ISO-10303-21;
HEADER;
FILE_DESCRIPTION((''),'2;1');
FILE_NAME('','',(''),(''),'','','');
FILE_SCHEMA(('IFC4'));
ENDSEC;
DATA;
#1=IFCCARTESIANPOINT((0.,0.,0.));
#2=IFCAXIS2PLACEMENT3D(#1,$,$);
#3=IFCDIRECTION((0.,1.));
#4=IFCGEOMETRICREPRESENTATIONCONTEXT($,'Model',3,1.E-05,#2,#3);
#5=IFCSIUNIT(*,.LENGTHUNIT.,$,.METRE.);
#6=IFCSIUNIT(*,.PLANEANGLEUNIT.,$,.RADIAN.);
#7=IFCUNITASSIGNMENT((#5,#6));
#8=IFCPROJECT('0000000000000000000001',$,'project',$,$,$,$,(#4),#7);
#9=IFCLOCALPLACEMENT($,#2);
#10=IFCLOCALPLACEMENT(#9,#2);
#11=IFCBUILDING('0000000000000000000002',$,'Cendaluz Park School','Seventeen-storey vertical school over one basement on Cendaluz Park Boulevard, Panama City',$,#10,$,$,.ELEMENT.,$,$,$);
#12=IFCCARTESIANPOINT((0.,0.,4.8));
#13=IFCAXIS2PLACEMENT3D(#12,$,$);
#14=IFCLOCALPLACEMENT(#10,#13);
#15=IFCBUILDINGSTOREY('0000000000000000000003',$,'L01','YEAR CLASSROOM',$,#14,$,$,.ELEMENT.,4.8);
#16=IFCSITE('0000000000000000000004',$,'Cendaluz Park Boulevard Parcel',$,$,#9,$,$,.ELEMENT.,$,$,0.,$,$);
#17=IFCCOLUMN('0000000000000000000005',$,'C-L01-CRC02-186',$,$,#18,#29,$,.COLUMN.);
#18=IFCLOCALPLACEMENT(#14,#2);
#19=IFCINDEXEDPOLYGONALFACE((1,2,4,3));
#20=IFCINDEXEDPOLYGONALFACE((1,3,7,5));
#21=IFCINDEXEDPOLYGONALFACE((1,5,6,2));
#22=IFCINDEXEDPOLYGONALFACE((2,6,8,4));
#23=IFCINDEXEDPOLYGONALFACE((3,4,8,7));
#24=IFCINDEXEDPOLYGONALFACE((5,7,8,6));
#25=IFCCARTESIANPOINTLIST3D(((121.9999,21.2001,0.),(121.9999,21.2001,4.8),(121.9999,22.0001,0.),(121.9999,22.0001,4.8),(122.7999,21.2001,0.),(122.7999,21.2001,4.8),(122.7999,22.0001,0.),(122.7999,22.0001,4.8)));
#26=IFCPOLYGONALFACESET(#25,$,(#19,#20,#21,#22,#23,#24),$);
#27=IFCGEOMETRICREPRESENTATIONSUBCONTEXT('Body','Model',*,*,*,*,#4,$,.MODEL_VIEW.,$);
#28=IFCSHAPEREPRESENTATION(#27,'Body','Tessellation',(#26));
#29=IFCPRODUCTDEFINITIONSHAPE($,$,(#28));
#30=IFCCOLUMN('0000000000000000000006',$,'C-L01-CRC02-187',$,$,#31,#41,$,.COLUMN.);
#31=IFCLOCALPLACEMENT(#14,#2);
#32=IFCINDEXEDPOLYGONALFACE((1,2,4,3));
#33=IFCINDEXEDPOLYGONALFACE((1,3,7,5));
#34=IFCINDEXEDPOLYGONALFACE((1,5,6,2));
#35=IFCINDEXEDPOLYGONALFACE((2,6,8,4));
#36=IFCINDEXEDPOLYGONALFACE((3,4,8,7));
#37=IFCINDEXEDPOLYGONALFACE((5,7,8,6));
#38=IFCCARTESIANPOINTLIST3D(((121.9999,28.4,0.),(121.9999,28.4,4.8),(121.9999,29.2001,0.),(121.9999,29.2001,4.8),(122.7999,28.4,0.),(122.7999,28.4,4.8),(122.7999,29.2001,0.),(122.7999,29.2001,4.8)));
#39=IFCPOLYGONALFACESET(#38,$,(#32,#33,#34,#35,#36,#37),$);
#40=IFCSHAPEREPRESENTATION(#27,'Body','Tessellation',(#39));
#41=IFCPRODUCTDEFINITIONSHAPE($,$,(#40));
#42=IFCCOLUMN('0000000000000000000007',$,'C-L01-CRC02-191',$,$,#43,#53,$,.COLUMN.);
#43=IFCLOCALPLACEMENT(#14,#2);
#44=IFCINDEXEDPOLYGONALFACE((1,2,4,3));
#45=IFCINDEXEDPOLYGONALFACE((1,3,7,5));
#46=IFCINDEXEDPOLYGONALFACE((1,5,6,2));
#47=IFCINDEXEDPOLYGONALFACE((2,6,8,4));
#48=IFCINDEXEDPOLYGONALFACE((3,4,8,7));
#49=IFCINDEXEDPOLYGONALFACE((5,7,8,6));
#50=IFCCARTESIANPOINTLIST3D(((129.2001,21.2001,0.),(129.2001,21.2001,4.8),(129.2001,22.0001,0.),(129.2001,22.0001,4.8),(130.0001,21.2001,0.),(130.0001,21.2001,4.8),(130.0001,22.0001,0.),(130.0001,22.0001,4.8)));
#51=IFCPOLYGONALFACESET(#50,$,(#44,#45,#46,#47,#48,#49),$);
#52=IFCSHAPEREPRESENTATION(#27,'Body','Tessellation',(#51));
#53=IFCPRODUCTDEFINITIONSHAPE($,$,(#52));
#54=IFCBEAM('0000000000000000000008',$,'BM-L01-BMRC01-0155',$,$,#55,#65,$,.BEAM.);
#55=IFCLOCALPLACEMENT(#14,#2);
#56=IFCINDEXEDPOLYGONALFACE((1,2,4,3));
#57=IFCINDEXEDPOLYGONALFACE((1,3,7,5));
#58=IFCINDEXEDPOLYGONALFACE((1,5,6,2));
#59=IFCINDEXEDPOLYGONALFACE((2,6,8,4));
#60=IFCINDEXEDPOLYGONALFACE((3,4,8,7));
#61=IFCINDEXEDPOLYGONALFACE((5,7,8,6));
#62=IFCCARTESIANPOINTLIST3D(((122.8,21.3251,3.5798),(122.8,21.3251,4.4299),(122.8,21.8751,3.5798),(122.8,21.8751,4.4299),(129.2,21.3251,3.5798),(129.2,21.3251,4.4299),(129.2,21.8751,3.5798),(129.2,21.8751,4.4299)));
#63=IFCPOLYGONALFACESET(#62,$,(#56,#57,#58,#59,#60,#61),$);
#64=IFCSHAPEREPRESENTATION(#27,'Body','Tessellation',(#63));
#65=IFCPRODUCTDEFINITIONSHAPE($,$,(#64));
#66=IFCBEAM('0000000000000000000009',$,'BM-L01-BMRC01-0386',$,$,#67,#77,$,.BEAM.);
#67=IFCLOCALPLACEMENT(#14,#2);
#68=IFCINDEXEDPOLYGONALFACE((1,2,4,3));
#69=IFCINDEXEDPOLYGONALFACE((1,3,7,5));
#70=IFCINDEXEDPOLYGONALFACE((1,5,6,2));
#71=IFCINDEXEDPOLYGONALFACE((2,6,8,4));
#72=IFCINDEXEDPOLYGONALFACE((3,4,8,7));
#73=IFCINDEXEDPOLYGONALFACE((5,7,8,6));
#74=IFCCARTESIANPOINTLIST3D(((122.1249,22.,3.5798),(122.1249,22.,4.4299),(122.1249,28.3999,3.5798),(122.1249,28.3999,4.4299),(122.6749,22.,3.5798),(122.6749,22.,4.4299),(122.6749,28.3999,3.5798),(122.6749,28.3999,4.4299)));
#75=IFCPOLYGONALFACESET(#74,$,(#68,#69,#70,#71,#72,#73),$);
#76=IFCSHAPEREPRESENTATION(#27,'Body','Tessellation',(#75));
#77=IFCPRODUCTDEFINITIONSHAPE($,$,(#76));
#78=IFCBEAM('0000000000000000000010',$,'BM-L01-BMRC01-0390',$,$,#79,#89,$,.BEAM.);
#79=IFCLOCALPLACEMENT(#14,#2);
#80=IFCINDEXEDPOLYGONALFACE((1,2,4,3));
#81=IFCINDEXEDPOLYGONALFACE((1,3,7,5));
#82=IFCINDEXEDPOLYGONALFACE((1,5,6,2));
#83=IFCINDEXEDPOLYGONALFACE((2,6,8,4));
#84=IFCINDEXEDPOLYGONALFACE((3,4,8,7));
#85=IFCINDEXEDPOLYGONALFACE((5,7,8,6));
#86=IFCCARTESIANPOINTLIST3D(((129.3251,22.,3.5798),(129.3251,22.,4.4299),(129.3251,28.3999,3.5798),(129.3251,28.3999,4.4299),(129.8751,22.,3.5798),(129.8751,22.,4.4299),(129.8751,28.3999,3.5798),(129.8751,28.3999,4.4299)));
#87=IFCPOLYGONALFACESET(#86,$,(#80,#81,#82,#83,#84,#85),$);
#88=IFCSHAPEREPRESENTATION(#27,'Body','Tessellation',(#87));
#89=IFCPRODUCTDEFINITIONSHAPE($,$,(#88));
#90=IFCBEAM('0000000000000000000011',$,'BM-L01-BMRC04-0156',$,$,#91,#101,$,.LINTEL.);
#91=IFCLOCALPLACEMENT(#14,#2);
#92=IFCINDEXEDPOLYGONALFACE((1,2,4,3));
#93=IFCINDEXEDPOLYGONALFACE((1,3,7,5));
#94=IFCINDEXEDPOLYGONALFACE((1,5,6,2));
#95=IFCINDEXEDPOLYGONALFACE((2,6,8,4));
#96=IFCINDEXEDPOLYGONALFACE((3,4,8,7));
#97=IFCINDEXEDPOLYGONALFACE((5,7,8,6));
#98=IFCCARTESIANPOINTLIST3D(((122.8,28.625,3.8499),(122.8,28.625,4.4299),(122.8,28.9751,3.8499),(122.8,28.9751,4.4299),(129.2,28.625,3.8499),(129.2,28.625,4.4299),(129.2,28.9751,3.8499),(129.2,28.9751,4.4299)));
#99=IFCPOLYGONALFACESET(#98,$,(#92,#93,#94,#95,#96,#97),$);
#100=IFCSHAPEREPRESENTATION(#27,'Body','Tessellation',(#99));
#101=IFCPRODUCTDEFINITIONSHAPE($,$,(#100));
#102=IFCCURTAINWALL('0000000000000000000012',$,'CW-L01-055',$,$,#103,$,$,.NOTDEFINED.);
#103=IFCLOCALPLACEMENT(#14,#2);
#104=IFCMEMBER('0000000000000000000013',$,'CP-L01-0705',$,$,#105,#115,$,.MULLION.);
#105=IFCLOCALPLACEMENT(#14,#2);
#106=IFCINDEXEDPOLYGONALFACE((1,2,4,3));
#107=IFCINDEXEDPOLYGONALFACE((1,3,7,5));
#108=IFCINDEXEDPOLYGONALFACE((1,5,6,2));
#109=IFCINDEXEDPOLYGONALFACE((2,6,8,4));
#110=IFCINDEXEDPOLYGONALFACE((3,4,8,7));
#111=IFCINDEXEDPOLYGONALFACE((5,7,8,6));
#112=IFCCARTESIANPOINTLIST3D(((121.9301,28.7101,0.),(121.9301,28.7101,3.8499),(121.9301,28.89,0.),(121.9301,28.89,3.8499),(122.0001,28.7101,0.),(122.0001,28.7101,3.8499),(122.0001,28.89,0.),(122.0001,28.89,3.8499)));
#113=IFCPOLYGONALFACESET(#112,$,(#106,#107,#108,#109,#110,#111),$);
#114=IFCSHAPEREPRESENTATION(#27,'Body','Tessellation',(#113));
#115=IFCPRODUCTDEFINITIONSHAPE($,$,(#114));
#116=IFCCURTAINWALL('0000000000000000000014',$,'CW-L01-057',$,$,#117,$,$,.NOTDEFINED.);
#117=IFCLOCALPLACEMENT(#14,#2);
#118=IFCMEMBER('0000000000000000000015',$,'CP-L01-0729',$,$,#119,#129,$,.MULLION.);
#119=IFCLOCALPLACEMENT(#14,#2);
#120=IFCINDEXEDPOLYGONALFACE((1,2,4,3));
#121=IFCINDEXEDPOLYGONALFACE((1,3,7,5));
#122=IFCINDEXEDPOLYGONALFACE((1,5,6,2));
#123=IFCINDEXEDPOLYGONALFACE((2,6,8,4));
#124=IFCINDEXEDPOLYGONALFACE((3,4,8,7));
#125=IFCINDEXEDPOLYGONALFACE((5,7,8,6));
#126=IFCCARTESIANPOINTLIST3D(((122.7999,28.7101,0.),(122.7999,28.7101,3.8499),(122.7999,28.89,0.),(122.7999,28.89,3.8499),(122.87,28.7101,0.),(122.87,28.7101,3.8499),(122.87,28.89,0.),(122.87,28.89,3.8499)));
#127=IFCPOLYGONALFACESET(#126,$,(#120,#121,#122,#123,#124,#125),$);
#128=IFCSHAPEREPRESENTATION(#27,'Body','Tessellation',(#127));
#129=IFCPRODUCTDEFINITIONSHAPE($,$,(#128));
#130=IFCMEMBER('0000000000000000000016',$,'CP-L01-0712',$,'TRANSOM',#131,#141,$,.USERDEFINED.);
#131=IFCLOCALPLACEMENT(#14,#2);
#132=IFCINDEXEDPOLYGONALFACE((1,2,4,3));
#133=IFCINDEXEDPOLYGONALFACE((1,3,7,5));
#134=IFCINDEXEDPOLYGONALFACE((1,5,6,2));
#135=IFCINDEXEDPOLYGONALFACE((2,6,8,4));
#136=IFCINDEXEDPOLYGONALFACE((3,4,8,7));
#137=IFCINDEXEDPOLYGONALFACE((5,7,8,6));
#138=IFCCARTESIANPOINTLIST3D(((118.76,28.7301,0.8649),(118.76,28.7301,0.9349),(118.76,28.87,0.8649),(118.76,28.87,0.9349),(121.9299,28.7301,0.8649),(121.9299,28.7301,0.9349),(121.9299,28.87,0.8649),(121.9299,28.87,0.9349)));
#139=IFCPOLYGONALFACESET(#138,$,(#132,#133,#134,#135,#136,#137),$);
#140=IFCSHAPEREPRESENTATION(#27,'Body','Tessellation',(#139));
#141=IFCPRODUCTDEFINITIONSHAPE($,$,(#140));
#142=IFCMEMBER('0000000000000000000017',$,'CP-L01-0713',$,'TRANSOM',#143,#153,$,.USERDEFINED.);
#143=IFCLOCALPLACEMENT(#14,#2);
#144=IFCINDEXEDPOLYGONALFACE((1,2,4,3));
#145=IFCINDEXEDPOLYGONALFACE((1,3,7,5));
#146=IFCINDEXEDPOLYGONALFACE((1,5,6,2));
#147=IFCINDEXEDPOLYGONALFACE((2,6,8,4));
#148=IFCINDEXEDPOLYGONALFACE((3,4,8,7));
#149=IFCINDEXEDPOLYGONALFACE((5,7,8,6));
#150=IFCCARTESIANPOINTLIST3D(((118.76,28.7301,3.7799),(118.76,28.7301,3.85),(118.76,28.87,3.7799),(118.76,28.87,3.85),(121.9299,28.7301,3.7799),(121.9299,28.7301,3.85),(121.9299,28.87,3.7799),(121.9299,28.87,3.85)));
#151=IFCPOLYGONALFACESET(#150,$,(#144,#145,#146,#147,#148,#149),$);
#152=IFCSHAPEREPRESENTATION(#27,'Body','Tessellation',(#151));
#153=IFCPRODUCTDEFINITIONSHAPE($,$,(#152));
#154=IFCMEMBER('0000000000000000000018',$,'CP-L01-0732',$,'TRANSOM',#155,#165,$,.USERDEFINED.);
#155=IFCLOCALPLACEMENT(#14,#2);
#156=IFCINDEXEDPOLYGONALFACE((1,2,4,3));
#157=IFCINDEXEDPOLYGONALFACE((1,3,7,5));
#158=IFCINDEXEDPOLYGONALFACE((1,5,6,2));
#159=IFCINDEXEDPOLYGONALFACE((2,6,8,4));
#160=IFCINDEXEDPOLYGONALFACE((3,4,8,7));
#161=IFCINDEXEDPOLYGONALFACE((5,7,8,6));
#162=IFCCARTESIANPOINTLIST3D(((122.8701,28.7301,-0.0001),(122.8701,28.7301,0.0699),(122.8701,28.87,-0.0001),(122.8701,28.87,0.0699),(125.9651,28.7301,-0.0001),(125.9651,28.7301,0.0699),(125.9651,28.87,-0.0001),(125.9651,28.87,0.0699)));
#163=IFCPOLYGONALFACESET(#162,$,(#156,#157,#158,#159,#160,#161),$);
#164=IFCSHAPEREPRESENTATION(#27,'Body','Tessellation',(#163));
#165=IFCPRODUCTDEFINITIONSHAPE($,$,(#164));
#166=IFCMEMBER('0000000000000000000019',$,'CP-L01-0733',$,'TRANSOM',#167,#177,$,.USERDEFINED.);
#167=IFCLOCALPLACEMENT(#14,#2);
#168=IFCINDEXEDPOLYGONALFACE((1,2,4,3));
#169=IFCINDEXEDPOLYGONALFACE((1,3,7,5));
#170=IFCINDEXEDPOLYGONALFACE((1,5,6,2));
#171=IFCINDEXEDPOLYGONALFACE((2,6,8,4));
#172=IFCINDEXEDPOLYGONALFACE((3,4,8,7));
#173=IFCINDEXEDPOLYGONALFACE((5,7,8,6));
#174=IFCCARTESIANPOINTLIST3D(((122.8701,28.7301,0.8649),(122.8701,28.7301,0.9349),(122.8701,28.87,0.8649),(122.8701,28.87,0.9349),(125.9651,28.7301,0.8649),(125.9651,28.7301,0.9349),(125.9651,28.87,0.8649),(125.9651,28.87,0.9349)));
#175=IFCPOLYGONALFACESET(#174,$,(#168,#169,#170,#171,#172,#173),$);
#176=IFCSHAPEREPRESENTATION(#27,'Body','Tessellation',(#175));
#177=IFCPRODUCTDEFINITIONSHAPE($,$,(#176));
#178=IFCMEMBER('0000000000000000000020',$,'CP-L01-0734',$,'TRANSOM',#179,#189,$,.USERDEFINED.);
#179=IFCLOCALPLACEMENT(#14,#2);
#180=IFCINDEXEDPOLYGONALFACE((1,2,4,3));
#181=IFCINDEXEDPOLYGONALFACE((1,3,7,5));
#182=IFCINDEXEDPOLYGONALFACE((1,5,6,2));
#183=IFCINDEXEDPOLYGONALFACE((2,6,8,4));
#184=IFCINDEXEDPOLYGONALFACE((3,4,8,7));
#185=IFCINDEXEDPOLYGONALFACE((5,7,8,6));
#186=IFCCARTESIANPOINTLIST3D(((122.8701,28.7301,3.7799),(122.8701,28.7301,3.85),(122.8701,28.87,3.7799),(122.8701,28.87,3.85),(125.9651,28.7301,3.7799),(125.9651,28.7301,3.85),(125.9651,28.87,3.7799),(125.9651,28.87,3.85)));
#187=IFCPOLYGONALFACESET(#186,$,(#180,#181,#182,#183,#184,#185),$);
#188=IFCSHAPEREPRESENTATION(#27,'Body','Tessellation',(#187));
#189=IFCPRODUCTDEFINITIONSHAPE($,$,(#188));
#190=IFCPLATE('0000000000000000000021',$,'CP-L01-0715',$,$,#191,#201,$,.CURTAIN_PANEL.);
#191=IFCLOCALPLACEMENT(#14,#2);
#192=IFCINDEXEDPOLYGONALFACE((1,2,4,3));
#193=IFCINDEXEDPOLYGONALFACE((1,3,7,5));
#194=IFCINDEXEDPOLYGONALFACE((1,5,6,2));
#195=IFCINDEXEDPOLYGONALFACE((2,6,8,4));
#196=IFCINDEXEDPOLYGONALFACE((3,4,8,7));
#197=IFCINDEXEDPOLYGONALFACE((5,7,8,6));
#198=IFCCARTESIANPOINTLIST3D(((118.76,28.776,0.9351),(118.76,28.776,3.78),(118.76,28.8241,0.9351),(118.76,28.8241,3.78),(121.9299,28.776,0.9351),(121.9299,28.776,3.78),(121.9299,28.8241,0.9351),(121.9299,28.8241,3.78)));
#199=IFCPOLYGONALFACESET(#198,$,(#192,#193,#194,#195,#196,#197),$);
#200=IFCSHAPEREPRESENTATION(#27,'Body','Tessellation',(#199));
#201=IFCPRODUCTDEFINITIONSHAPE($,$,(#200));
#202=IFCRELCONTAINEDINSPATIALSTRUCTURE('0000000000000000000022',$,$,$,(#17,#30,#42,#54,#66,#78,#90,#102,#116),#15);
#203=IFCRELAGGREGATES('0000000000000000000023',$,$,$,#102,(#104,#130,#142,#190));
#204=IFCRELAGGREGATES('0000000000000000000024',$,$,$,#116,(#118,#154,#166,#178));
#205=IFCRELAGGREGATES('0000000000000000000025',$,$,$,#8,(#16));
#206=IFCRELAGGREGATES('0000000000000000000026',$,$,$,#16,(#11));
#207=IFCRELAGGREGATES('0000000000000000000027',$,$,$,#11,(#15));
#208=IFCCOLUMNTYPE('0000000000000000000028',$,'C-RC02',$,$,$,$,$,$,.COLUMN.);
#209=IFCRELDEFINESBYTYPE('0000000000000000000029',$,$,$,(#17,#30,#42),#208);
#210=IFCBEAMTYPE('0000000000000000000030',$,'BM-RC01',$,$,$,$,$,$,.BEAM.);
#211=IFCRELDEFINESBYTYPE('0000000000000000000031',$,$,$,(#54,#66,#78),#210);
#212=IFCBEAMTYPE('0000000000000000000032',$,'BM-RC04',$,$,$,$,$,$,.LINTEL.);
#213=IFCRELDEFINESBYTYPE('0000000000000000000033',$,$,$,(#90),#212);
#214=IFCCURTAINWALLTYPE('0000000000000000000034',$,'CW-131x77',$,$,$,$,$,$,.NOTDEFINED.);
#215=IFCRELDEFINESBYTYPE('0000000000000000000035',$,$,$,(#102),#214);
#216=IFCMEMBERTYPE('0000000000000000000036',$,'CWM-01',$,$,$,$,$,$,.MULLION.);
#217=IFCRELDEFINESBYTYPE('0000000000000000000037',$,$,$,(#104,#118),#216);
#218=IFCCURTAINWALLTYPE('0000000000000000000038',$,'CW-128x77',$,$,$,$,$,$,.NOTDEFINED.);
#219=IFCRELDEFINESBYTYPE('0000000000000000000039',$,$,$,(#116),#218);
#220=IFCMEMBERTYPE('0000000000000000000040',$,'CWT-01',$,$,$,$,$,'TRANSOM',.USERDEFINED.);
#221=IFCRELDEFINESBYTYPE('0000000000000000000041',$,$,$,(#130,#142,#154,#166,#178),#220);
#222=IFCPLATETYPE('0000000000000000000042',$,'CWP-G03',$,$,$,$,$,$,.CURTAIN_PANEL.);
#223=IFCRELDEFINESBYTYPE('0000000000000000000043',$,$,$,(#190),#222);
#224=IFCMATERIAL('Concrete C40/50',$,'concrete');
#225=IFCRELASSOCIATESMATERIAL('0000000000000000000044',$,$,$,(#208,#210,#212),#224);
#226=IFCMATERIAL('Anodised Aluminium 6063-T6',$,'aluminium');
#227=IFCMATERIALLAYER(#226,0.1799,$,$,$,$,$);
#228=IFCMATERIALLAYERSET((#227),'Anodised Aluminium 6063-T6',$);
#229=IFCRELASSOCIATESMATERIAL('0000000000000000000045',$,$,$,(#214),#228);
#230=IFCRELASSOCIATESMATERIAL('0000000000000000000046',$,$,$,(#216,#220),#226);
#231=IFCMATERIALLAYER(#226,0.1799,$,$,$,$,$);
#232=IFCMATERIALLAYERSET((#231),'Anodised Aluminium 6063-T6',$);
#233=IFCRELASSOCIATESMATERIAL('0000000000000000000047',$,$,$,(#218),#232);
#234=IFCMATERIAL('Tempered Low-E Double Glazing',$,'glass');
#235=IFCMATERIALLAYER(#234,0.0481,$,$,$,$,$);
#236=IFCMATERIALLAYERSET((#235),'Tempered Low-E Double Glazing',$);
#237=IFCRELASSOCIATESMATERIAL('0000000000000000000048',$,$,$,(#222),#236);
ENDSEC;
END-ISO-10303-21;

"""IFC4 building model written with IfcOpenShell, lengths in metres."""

from ifc_helpers import new_model, si_unit, direction, frame, origin, origin_2d, place, context, subcontext, project, spatial, rectangle, extrude, material, layer, layer_set, material_profile, profile_set, type_object, element, aggregate, save


model = new_model("IFC4")

# Units and contexts
model_context = context("Model", 3, precision=1e-05, world=origin(), true_north=direction((0.0, 1.0)))
body_context = subcontext(model_context, "Body", "Model", "MODEL_VIEW")
ifc_project = project(units=[si_unit("LENGTHUNIT", "METRE"), si_unit("PLANEANGLEUNIT", "RADIAN")], contexts=[model_context])

# Site, building, storey
site_placement = place(None, origin())
site = spatial("IfcSite", under=ifc_project, at=site_placement, Name="Cendaluz Park Boulevard Parcel", CompositionType="ELEMENT", RefElevation=0.0)
building_placement = place(site_placement, origin())
building = spatial("IfcBuilding", under=site, at=building_placement, Name="Cendaluz Park School", Description="Seventeen-storey vertical school over one basement on Cendaluz Park Boulevard, Panama City", CompositionType="ELEMENT")
storey_placement = place(building_placement, frame((0.0, 0.0, 4.8)))
storey = spatial("IfcBuildingStorey", under=building, at=storey_placement, Name="L01", Description="YEAR CLASSROOM", CompositionType="ELEMENT", Elevation=4.8)

# Columns
ifc_material_1 = material(Name="Concrete C40/50", Category="concrete")
ifc_material_profile_1 = material_profile(ifc_material_1, rectangle(XDim=0.8, YDim=0.8, at=origin_2d()), Name="RC 800x800", Category="concrete")
ifc_profile_set_1 = profile_set([ifc_material_profile_1], Name="Concrete C40/50")
column_type = type_object("IfcColumnType", Name="C-RC02", PredefinedType="COLUMN", material=ifc_profile_set_1)
for number, where, z_axis, x_axis, name in (
    (1, (122.3999, 21.6001, 0.0), (0.0, 0.0, 1.0), (1.0, 0.0, 0.0), "C-L01-CRC02-186"),
    (2, (122.3999, 28.8, 0.0), (0.0, 0.0, 1.0), (1.0, 0.0, 0.0), "C-L01-CRC02-187"),
    (3, (129.6001, 21.6001, 0.0), (0.0, 0.0, 1.0), (1.0, 0.0, 0.0), "C-L01-CRC02-191"),
):
    element("IfcColumn", number, at=place(storey_placement, frame(where, z_axis=z_axis, x_axis=x_axis)), inside=storey, type_object=column_type, Name=name, PredefinedType="COLUMN", context=body_context, shape_type="SweptSolid", body=[
        extrude(rectangle(XDim=0.8, YDim=0.8, at=origin_2d()), origin(), (0.0, 0.0, 1.0), 4.8),
    ])

# Beams
ifc_material_profile_2 = material_profile(ifc_material_1, rectangle(XDim=0.55, YDim=0.8501, at=origin_2d()), Name="RC 550x850", Category="concrete")
ifc_profile_set_2 = profile_set([ifc_material_profile_2], Name="Concrete C40/50")
beam_type_1 = type_object("IfcBeamType", Name="BM-RC01", PredefinedType="BEAM", material=ifc_profile_set_2)
for number, where, z_axis, x_axis, name in (
    (4, (122.8, 21.6001, 4.0049), (1.0, 0.0, 0.0), (0.0, 1.0, 0.0), "BM-L01-BMRC01-0155"),
    (5, (122.3999, 22.0, 4.0049), (0.0, 1.0, 0.0), (-1.0, 0.0, 0.0), "BM-L01-BMRC01-0386"),
    (6, (129.6001, 22.0, 4.0049), (0.0, 1.0, 0.0), (-1.0, 0.0, 0.0), "BM-L01-BMRC01-0390"),
):
    element("IfcBeam", number, at=place(storey_placement, frame(where, z_axis=z_axis, x_axis=x_axis)), inside=storey, type_object=beam_type_1, Name=name, PredefinedType="BEAM", context=body_context, shape_type="SweptSolid", body=[
        extrude(rectangle(XDim=0.55, YDim=0.8501, at=origin_2d()), origin(), (0.0, 0.0, 1.0), 6.3999),
    ])
ifc_material_profile_3 = material_profile(ifc_material_1, rectangle(XDim=0.3501, YDim=0.5801, at=origin_2d()), Name="RC 350x580", Category="concrete")
ifc_profile_set_3 = profile_set([ifc_material_profile_3], Name="Concrete C40/50")
beam_type_2 = type_object("IfcBeamType", Name="BM-RC04", PredefinedType="LINTEL", material=ifc_profile_set_3)
beam_placement = place(storey_placement, frame((122.8, 28.8, 4.1399), z_axis=(1.0, 0.0, 0.0), x_axis=(0.0, 1.0, 0.0)))
element("IfcBeam", 7, at=beam_placement, inside=storey, type_object=beam_type_2, Name="BM-L01-BMRC04-0156", PredefinedType="LINTEL", context=body_context, shape_type="SweptSolid", body=[
    extrude(rectangle(XDim=0.3501, YDim=0.5801, at=origin_2d()), origin(), (0.0, 0.0, 1.0), 6.3999),
])

# Curtain walls, members
ifc_material_2 = material(Name="Anodised Aluminium 6063-T6", Category="aluminium")
ifc_layer_1 = layer(ifc_material_2, 0.1799)
ifc_layer_set_1 = layer_set([ifc_layer_1], Name="Anodised Aluminium 6063-T6")
curtain_wall_type_1 = type_object("IfcCurtainWallType", Name="CW-131x77", PredefinedType="NOTDEFINED", material=ifc_layer_set_1)
curtain_wall_1_placement = place(storey_placement, origin())
curtain_wall_1 = element("IfcCurtainWall", 8, at=curtain_wall_1_placement, inside=storey, type_object=curtain_wall_type_1, Name="CW-L01-055", PredefinedType="NOTDEFINED")
ifc_material_profile_4 = material_profile(ifc_material_2, rectangle(XDim=0.1799, YDim=0.0701, at=origin_2d()), Name="CWM 180x70", Category="aluminium")
ifc_profile_set_4 = profile_set([ifc_material_profile_4], Name="Anodised Aluminium 6063-T6")
member_type_1 = type_object("IfcMemberType", Name="CWM-01", PredefinedType="MULLION", material=ifc_profile_set_4)
member_1_placement = place(storey_placement, frame((121.9651, 28.8, 0.0), z_axis=(0.0, 0.0, 1.0), x_axis=(0.0, 1.0, 0.0)))
member_1 = element("IfcMember", 9, at=member_1_placement, type_object=member_type_1, Name="CP-L01-0705", PredefinedType="MULLION", context=body_context, shape_type="SweptSolid", body=[
    extrude(rectangle(XDim=0.1799, YDim=0.0701, at=origin_2d()), origin(), (0.0, 0.0, 1.0), 3.8499),
])
ifc_layer_2 = layer(ifc_material_2, 0.1799)
ifc_layer_set_2 = layer_set([ifc_layer_2], Name="Anodised Aluminium 6063-T6")
curtain_wall_type_2 = type_object("IfcCurtainWallType", Name="CW-128x77", PredefinedType="NOTDEFINED", material=ifc_layer_set_2)
curtain_wall_2_placement = place(storey_placement, origin())
curtain_wall_2 = element("IfcCurtainWall", 10, at=curtain_wall_2_placement, inside=storey, type_object=curtain_wall_type_2, Name="CW-L01-057", PredefinedType="NOTDEFINED")
member_2_placement = place(storey_placement, frame((122.835, 28.8, 0.0), z_axis=(0.0, 0.0, 1.0), x_axis=(0.0, 1.0, 0.0)))
member_2 = element("IfcMember", 11, at=member_2_placement, type_object=member_type_1, Name="CP-L01-0729", PredefinedType="MULLION", context=body_context, shape_type="SweptSolid", body=[
    extrude(rectangle(XDim=0.1799, YDim=0.0701, at=origin_2d()), origin(), (0.0, 0.0, 1.0), 3.8499),
])

# Members
ifc_material_profile_5 = material_profile(ifc_material_2, rectangle(XDim=0.1399, YDim=0.0701, at=origin_2d()), Name="CWT 140x70", Category="aluminium")
ifc_profile_set_5 = profile_set([ifc_material_profile_5], Name="Anodised Aluminium 6063-T6")
member_type_2 = type_object("IfcMemberType", Name="CWT-01", ElementType="TRANSOM", PredefinedType="USERDEFINED", material=ifc_profile_set_5)
member_3_placement = place(storey_placement, frame((118.76, 28.8, 0.8999), z_axis=(1.0, 0.0, 0.0), x_axis=(0.0, 1.0, 0.0)))
member_3 = element("IfcMember", 12, at=member_3_placement, type_object=member_type_2, Name="CP-L01-0712", ObjectType="TRANSOM", PredefinedType="USERDEFINED", context=body_context, shape_type="SweptSolid", body=[
    extrude(rectangle(XDim=0.1399, YDim=0.0701, at=origin_2d()), origin(), (0.0, 0.0, 1.0), 3.1699),
])
member_4_placement = place(storey_placement, frame((118.76, 28.8, 3.8149), z_axis=(1.0, 0.0, 0.0), x_axis=(0.0, 1.0, 0.0)))
member_4 = element("IfcMember", 13, at=member_4_placement, type_object=member_type_2, Name="CP-L01-0713", ObjectType="TRANSOM", PredefinedType="USERDEFINED", context=body_context, shape_type="SweptSolid", body=[
    extrude(rectangle(XDim=0.1399, YDim=0.0701, at=origin_2d()), origin(), (0.0, 0.0, 1.0), 3.1699),
])
member_5_placement = place(storey_placement, frame((122.8701, 28.8, 0.0349), z_axis=(1.0, 0.0, 0.0), x_axis=(0.0, 1.0, 0.0)))
member_5 = element("IfcMember", 14, at=member_5_placement, type_object=member_type_2, Name="CP-L01-0732", ObjectType="TRANSOM", PredefinedType="USERDEFINED", context=body_context, shape_type="SweptSolid", body=[
    extrude(rectangle(XDim=0.1399, YDim=0.0701, at=origin_2d()), origin(), (0.0, 0.0, 1.0), 3.095),
])
member_6_placement = place(storey_placement, frame((122.8701, 28.8, 0.8999), z_axis=(1.0, 0.0, 0.0), x_axis=(0.0, 1.0, 0.0)))
member_6 = element("IfcMember", 15, at=member_6_placement, type_object=member_type_2, Name="CP-L01-0733", ObjectType="TRANSOM", PredefinedType="USERDEFINED", context=body_context, shape_type="SweptSolid", body=[
    extrude(rectangle(XDim=0.1399, YDim=0.0701, at=origin_2d()), origin(), (0.0, 0.0, 1.0), 3.095),
])
member_7_placement = place(storey_placement, frame((122.8701, 28.8, 3.8149), z_axis=(1.0, 0.0, 0.0), x_axis=(0.0, 1.0, 0.0)))
member_7 = element("IfcMember", 16, at=member_7_placement, type_object=member_type_2, Name="CP-L01-0734", ObjectType="TRANSOM", PredefinedType="USERDEFINED", context=body_context, shape_type="SweptSolid", body=[
    extrude(rectangle(XDim=0.1399, YDim=0.0701, at=origin_2d()), origin(), (0.0, 0.0, 1.0), 3.095),
])

# Plate
ifc_material_3 = material(Name="Tempered Low-E Double Glazing", Category="glass")
ifc_layer_3 = layer(ifc_material_3, 0.0481)
ifc_layer_set_3 = layer_set([ifc_layer_3], Name="Tempered Low-E Double Glazing")
plate_type_1 = type_object("IfcPlateType", Name="CWP-G03", PredefinedType="CURTAIN_PANEL", material=ifc_layer_set_3)
plate_1_placement = place(storey_placement, frame((120.345, 28.8, 0.9351), z_axis=(0.0, 0.0, 1.0), x_axis=(1.0, 0.0, 0.0)))
plate_1 = element("IfcPlate", 17, at=plate_1_placement, type_object=plate_type_1, Name="CP-L01-0715", PredefinedType="CURTAIN_PANEL", context=body_context, shape_type="SweptSolid", body=[
    extrude(rectangle(XDim=3.1699, YDim=0.0481, at=origin_2d()), origin(), (0.0, 0.0, 1.0), 2.845),
])
aggregate(curtain_wall_1, [member_1, member_3, member_4, plate_1])
aggregate(curtain_wall_2, [member_2, member_5, member_6, member_7])

save(model, "model.ifc")
